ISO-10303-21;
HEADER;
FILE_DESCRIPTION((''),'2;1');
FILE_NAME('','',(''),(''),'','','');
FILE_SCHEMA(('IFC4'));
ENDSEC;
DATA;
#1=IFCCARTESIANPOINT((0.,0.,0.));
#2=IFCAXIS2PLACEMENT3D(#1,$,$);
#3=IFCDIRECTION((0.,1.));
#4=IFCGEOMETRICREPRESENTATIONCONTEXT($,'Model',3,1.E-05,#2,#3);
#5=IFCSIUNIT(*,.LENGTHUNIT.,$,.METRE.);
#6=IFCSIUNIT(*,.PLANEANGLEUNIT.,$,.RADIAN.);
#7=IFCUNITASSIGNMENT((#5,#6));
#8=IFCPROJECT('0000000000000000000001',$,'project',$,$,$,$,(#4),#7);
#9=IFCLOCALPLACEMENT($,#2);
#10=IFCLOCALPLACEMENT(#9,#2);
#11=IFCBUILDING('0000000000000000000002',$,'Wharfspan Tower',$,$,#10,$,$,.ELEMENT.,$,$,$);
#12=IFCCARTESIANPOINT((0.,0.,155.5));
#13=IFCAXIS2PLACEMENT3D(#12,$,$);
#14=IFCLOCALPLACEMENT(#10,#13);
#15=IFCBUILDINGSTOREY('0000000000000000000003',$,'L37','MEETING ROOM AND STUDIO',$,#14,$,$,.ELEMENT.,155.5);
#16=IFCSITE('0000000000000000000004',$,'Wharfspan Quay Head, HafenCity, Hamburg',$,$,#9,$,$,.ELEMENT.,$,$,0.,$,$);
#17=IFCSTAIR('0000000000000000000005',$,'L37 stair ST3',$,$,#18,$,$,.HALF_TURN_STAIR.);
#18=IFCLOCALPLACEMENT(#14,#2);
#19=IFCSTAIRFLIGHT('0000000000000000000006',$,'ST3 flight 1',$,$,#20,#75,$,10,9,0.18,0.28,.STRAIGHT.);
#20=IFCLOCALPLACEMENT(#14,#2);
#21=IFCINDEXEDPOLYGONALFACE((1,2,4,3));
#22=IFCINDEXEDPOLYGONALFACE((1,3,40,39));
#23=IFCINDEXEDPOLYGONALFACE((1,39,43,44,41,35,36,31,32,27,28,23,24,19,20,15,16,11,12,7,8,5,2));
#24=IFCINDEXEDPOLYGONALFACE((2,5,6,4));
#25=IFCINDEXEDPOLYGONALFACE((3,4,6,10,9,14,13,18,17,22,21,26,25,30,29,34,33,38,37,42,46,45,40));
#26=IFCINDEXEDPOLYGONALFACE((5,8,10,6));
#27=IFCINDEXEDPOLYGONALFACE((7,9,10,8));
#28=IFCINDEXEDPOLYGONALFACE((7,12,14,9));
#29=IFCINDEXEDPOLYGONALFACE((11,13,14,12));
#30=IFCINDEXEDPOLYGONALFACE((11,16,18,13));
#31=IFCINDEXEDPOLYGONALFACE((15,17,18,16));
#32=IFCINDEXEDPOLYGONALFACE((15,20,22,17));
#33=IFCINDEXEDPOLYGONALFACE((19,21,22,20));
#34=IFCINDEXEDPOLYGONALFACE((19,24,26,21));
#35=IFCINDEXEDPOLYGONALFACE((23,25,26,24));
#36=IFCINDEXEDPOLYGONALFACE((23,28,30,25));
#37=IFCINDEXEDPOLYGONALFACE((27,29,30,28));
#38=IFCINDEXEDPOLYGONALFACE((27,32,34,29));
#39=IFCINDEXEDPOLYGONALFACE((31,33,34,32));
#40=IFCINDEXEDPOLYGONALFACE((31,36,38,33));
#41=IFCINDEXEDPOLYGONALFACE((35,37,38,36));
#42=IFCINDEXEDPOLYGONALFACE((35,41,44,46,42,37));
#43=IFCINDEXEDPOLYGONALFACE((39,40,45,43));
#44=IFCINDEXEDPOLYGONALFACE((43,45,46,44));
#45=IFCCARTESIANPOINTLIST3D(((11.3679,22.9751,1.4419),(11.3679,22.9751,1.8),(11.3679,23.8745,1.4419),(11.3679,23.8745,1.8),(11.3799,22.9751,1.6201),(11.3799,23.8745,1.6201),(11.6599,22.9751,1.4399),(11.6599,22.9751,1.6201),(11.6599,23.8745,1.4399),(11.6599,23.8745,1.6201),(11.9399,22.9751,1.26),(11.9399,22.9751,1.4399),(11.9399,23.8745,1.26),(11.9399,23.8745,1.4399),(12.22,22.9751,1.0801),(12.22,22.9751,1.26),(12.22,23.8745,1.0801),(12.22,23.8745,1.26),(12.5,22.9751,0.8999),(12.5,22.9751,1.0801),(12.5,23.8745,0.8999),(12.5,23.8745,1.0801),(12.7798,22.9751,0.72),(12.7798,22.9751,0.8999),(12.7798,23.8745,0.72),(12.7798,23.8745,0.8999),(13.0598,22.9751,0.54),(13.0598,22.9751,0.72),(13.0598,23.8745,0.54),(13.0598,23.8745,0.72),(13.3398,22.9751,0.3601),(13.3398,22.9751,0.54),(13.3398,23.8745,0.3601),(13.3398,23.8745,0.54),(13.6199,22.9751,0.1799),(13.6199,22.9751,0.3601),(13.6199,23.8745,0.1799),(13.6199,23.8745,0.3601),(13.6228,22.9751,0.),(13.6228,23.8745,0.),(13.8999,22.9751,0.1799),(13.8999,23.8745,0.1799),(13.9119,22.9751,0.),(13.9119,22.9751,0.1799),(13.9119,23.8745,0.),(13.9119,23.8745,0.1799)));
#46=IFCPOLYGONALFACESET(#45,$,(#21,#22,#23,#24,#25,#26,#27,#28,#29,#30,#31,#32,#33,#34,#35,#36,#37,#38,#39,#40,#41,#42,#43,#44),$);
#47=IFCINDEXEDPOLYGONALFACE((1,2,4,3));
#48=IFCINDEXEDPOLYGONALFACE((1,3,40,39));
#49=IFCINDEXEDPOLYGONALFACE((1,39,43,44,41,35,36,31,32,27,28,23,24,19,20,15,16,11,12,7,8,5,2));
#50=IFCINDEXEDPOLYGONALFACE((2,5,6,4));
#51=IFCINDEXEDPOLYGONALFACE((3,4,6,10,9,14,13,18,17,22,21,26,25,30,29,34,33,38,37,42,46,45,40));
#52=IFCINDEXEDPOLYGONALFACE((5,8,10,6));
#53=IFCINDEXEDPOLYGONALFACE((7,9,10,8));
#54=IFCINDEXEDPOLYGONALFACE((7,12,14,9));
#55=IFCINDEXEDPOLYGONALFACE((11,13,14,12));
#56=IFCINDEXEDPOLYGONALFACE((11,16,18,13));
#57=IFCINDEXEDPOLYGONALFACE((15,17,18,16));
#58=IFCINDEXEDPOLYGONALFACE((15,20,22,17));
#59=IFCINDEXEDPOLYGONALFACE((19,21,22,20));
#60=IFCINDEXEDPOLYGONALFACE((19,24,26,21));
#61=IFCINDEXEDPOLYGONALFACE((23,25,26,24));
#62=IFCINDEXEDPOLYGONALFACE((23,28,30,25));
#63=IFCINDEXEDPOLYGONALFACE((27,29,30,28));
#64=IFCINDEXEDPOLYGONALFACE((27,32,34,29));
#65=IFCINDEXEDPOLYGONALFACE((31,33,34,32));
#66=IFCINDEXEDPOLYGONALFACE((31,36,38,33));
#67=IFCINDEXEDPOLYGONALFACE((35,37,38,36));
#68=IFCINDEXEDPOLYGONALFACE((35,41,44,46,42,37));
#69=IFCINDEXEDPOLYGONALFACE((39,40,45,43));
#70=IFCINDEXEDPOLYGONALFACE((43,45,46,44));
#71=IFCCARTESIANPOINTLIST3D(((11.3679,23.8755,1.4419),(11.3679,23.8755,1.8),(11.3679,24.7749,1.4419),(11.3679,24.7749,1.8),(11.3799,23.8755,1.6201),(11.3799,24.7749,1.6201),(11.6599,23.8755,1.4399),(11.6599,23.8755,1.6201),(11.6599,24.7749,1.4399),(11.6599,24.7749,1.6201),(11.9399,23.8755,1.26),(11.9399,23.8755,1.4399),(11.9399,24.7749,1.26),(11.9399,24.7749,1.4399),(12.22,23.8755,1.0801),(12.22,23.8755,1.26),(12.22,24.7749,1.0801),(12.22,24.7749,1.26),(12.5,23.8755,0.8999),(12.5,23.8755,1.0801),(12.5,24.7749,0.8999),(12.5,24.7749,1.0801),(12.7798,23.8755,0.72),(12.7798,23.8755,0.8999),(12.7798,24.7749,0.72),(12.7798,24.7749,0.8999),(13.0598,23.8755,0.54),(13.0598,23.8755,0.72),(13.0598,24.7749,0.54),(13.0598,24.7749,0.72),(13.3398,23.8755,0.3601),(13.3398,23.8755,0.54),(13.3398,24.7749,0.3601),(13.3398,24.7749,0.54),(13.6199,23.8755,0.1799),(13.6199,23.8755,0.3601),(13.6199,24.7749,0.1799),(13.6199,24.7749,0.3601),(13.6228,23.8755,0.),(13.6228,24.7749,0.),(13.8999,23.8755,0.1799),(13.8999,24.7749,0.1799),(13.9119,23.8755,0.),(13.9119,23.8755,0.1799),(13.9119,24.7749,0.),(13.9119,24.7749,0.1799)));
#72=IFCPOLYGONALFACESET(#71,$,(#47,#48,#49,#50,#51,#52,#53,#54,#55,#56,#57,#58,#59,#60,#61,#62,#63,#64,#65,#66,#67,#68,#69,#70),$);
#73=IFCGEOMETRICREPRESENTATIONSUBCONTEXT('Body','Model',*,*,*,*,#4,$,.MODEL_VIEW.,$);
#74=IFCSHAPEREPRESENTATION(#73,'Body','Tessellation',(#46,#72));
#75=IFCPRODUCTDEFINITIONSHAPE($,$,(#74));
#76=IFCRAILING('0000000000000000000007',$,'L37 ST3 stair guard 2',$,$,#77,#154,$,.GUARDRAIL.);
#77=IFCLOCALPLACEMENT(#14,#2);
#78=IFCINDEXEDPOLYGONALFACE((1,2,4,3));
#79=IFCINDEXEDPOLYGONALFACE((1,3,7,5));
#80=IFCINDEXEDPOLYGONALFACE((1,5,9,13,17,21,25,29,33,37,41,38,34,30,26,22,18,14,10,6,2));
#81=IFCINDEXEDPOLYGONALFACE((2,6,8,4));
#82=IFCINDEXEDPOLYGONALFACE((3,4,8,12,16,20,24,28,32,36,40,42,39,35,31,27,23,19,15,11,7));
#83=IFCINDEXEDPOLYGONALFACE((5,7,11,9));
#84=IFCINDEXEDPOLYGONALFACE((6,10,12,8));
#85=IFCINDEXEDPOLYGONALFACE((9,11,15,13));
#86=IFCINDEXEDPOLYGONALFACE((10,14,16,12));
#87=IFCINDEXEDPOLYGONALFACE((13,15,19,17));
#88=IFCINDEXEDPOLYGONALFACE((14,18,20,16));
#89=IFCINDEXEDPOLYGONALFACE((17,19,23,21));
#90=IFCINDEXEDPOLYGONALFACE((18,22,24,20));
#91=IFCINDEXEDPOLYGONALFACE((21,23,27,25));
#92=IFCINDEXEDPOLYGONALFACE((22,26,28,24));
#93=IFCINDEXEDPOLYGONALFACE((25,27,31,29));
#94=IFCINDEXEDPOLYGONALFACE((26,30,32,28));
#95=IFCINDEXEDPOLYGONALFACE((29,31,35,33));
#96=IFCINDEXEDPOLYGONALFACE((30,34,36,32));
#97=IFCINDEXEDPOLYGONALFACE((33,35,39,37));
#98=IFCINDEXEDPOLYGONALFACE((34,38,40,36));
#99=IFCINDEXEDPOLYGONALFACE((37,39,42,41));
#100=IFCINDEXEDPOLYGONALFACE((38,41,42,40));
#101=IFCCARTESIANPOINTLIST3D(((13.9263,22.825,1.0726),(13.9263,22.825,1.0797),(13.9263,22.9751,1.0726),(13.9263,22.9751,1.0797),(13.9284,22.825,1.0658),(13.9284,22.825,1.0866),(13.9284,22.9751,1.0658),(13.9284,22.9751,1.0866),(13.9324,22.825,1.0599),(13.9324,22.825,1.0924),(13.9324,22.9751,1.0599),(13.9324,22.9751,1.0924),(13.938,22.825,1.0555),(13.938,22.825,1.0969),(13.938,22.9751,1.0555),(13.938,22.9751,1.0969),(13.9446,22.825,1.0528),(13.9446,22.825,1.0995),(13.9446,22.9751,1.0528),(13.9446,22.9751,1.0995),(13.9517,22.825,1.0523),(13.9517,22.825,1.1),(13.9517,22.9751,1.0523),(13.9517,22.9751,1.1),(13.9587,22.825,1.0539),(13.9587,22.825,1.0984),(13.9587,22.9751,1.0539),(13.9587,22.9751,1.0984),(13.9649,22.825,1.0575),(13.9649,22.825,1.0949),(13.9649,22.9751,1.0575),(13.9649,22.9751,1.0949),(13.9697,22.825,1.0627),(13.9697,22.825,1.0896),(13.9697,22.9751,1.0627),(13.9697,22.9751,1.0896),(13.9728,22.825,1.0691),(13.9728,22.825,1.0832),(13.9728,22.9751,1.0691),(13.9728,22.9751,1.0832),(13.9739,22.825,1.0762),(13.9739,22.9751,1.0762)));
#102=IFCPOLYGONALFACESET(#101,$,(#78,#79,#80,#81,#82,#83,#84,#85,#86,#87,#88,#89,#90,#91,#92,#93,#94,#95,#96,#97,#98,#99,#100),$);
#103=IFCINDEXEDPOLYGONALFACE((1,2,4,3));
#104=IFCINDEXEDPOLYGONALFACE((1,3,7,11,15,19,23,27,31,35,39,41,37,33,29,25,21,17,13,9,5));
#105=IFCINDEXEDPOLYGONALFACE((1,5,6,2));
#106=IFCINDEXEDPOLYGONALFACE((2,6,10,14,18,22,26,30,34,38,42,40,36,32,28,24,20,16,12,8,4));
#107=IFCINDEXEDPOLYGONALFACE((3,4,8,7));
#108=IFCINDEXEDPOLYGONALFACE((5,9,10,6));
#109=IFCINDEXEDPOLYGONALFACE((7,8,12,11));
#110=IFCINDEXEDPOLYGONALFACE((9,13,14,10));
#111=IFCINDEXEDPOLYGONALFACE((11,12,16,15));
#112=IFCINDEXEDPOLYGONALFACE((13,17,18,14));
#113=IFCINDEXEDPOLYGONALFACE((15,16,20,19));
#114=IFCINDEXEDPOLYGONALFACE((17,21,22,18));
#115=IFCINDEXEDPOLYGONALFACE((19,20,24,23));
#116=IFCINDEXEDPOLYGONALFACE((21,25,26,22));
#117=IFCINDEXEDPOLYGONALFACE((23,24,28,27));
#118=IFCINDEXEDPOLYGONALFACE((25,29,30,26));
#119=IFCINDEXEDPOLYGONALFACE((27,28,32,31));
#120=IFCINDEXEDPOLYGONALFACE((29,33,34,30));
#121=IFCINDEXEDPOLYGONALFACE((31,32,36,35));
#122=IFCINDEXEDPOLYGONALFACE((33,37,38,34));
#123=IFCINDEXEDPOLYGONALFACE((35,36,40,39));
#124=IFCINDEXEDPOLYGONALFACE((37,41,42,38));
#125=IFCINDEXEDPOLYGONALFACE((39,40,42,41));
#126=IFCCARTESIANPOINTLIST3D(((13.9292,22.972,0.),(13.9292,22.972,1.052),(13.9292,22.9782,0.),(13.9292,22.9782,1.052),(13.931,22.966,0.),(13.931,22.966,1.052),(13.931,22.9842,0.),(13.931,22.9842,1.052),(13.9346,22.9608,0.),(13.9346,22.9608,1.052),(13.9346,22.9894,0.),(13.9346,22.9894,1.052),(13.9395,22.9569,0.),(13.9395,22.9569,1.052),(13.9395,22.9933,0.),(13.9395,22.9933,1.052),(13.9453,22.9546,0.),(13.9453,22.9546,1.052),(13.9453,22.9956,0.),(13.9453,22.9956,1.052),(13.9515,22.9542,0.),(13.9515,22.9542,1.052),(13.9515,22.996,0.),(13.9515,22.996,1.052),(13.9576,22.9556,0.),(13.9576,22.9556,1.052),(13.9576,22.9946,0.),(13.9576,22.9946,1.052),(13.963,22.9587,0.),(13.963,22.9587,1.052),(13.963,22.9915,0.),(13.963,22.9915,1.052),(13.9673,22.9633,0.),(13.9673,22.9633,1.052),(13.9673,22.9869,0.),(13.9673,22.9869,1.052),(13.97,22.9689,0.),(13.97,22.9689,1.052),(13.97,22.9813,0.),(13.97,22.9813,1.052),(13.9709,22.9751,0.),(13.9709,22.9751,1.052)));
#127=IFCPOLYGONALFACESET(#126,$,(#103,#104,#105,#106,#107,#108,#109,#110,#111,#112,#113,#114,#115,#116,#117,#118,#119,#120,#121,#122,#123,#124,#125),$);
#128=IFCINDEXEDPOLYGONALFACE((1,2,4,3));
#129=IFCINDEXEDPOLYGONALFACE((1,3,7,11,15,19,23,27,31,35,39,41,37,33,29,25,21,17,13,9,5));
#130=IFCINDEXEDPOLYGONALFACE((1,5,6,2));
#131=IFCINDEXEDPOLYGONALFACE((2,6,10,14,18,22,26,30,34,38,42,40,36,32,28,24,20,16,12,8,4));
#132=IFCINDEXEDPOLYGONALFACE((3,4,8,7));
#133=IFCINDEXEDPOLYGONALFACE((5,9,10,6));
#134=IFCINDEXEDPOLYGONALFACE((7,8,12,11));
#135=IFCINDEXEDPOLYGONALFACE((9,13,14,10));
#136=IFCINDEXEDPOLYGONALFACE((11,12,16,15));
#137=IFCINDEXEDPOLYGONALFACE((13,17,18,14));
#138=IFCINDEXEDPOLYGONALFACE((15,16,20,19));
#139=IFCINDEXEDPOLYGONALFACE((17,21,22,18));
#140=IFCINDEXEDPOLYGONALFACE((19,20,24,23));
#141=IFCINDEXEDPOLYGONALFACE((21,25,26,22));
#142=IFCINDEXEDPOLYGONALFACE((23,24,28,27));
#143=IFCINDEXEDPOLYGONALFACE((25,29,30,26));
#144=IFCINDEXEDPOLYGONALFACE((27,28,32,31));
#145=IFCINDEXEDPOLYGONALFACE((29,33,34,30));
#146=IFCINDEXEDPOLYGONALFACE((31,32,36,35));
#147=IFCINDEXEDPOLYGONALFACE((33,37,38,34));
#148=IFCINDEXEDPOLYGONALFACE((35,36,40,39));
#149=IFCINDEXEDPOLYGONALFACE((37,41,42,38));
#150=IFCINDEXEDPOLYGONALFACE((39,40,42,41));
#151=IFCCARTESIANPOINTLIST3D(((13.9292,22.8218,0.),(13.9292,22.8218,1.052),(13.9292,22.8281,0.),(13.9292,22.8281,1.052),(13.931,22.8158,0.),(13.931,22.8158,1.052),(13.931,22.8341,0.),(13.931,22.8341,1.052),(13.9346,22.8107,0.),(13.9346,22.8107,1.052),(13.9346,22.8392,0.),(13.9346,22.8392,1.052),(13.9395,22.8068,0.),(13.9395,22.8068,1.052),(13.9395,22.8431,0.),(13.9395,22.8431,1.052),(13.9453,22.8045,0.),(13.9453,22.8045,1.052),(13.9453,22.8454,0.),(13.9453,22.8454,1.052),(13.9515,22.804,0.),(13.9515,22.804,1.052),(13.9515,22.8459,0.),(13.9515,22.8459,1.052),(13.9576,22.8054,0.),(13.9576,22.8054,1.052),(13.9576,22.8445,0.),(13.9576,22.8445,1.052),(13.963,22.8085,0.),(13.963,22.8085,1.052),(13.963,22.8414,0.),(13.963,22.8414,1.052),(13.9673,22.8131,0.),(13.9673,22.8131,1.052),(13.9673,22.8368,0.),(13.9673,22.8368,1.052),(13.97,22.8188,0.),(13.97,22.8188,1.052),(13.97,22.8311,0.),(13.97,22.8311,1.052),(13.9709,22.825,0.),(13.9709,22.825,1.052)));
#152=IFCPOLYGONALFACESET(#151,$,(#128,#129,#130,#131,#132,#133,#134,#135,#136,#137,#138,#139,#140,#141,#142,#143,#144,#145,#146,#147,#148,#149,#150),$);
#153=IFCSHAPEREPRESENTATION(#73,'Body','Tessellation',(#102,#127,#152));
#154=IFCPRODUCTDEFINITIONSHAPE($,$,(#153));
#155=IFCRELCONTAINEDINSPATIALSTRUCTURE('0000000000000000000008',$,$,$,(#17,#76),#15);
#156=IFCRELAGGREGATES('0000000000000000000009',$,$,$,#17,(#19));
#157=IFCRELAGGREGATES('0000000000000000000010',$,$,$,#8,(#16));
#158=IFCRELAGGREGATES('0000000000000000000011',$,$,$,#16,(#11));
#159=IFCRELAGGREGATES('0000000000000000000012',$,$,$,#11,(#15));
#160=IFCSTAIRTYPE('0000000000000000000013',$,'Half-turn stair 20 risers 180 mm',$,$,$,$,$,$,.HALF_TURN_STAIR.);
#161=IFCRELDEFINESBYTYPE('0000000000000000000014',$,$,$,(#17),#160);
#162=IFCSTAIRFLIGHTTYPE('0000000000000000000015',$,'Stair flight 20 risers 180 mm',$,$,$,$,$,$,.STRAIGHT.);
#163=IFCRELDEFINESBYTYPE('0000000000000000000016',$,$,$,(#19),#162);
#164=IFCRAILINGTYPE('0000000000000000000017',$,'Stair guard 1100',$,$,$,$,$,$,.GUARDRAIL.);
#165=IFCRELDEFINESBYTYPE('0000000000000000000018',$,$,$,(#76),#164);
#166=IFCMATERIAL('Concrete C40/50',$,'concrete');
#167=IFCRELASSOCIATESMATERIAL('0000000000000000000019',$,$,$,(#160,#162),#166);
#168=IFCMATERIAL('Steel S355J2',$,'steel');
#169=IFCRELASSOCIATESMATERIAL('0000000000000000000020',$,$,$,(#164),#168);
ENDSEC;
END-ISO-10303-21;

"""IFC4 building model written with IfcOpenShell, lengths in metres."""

from ifc_helpers import new_model, si_unit, direction, frame, origin, origin_2d, place, context, subcontext, project, spatial, polyline, circle, outline, extrude, material, type_object, element, aggregate, save


model = new_model("IFC4")

# Units and contexts
model_context = context("Model", 3, precision=1e-05, world=origin(), true_north=direction((0.0, 1.0)))
body_context = subcontext(model_context, "Body", "Model", "MODEL_VIEW")
ifc_project = project(units=[si_unit("LENGTHUNIT", "METRE"), si_unit("PLANEANGLEUNIT", "RADIAN")], contexts=[model_context])

# Site, building, storey
site_placement = place(None, origin())
site = spatial("IfcSite", under=ifc_project, at=site_placement, Name="Wharfspan Quay Head, HafenCity, Hamburg", CompositionType="ELEMENT", RefElevation=0.0)
building_placement = place(site_placement, origin())
building = spatial("IfcBuilding", under=site, at=building_placement, Name="Wharfspan Tower", CompositionType="ELEMENT")
storey_placement = place(building_placement, frame((0.0, 0.0, 155.5)))
storey = spatial("IfcBuildingStorey", under=building, at=storey_placement, Name="L37", Description="MEETING ROOM AND STUDIO", CompositionType="ELEMENT", Elevation=155.5)

# Shared definitions
ifc_material_1 = material(Name="Concrete C40/50", Category="concrete")

# Stair, stair flight
stair_type = type_object("IfcStairType", Name="Half-turn stair 20 risers 180 mm", PredefinedType="HALF_TURN_STAIR", material=ifc_material_1)
stair_placement = place(storey_placement, origin())
stair = element("IfcStair", 1, at=stair_placement, inside=storey, type_object=stair_type, Name="L37 stair ST3", PredefinedType="HALF_TURN_STAIR")
stair_flight_type = type_object("IfcStairFlightType", Name="Stair flight 20 risers 180 mm", PredefinedType="STRAIGHT", material=ifc_material_1)
stair_flight_placement = place(storey_placement, frame((13.8999, 23.875, 0.0), z_axis=(0.0, 0.0, 1.0), x_axis=(-1.0, 0.0, 0.0)))
stair_flight = element("IfcStairFlight", 2, at=stair_flight_placement, type_object=stair_flight_type, Name="ST3 flight 1", NumberOfRisers=10, NumberOfTreads=9, PredefinedType="STRAIGHT", RiserHeight=0.18, TreadLength=0.28, context=body_context, shape_type="SweptSolid", body=[
    extrude(outline(polyline([(-0.012, 0.0), (-0.012, 0.1799), (0.0, 0.1799), (0.28, 0.1799), (0.28, 0.3601), (0.5601, 0.3601), (0.5601, 0.54), (0.8401, 0.54), (0.8401, 0.72), (1.1201, 0.72), (1.1201, 0.8999), (1.3999, 0.8999), (1.3999, 1.0801), (1.6799, 1.0801), (1.6799, 1.26), (1.96, 1.26), (1.96, 1.4399), (2.24, 1.4399), (2.24, 1.6201), (2.52, 1.6201), (2.532, 1.8), (2.532, 1.4419), (0.2771, 0.0), (-0.012, 0.0)])), frame((0.0, 0.8999, 0.0), z_axis=(0.0, -1.0, 0.0), x_axis=(1.0, 0.0, 0.0)), (0.0, 0.0, 1.0), 0.8994),
    extrude(outline(polyline([(-0.012, 0.0), (-0.012, 0.1799), (0.0, 0.1799), (0.28, 0.1799), (0.28, 0.3601), (0.5601, 0.3601), (0.5601, 0.54), (0.8401, 0.54), (0.8401, 0.72), (1.1201, 0.72), (1.1201, 0.8999), (1.3999, 0.8999), (1.3999, 1.0801), (1.6799, 1.0801), (1.6799, 1.26), (1.96, 1.26), (1.96, 1.4399), (2.24, 1.4399), (2.24, 1.6201), (2.52, 1.6201), (2.532, 1.8), (2.532, 1.4419), (0.2771, 0.0), (-0.012, 0.0)])), frame((0.0, -0.0005, 0.0), z_axis=(0.0, -1.0, 0.0), x_axis=(1.0, 0.0, 0.0)), (0.0, 0.0, 1.0), 0.8994),
])
aggregate(stair, [stair_flight])

# Railing
ifc_material_2 = material(Name="Steel S355J2", Category="steel")
railing_type_1 = type_object("IfcRailingType", Name="Stair guard 1100", PredefinedType="GUARDRAIL", material=ifc_material_2)
railing_1_placement = place(storey_placement, frame((13.95, 22.9751, 0.0)))
element("IfcRailing", 3, at=railing_1_placement, inside=storey, type_object=railing_type_1, Name="L37 ST3 stair guard 2", PredefinedType="GUARDRAIL", context=body_context, shape_type="SweptSolid", body=[
    extrude(circle(Radius=0.0239, at=origin_2d()), frame((0.0, 0.0, 1.0762), z_axis=(0.0, -1.0, 0.0), x_axis=(1.0, 0.0, 0.0)), (0.0, 0.0, 1.0), 0.1501),
    extrude(circle(Radius=0.021, at=origin_2d()), origin(), (0.0, 0.0, 1.0), 1.052),
    extrude(circle(Radius=0.021, at=origin_2d()), frame((0.0, -0.1501, 0.0)), (0.0, 0.0, 1.0), 1.052),
])

save(model, "model.ifc")
